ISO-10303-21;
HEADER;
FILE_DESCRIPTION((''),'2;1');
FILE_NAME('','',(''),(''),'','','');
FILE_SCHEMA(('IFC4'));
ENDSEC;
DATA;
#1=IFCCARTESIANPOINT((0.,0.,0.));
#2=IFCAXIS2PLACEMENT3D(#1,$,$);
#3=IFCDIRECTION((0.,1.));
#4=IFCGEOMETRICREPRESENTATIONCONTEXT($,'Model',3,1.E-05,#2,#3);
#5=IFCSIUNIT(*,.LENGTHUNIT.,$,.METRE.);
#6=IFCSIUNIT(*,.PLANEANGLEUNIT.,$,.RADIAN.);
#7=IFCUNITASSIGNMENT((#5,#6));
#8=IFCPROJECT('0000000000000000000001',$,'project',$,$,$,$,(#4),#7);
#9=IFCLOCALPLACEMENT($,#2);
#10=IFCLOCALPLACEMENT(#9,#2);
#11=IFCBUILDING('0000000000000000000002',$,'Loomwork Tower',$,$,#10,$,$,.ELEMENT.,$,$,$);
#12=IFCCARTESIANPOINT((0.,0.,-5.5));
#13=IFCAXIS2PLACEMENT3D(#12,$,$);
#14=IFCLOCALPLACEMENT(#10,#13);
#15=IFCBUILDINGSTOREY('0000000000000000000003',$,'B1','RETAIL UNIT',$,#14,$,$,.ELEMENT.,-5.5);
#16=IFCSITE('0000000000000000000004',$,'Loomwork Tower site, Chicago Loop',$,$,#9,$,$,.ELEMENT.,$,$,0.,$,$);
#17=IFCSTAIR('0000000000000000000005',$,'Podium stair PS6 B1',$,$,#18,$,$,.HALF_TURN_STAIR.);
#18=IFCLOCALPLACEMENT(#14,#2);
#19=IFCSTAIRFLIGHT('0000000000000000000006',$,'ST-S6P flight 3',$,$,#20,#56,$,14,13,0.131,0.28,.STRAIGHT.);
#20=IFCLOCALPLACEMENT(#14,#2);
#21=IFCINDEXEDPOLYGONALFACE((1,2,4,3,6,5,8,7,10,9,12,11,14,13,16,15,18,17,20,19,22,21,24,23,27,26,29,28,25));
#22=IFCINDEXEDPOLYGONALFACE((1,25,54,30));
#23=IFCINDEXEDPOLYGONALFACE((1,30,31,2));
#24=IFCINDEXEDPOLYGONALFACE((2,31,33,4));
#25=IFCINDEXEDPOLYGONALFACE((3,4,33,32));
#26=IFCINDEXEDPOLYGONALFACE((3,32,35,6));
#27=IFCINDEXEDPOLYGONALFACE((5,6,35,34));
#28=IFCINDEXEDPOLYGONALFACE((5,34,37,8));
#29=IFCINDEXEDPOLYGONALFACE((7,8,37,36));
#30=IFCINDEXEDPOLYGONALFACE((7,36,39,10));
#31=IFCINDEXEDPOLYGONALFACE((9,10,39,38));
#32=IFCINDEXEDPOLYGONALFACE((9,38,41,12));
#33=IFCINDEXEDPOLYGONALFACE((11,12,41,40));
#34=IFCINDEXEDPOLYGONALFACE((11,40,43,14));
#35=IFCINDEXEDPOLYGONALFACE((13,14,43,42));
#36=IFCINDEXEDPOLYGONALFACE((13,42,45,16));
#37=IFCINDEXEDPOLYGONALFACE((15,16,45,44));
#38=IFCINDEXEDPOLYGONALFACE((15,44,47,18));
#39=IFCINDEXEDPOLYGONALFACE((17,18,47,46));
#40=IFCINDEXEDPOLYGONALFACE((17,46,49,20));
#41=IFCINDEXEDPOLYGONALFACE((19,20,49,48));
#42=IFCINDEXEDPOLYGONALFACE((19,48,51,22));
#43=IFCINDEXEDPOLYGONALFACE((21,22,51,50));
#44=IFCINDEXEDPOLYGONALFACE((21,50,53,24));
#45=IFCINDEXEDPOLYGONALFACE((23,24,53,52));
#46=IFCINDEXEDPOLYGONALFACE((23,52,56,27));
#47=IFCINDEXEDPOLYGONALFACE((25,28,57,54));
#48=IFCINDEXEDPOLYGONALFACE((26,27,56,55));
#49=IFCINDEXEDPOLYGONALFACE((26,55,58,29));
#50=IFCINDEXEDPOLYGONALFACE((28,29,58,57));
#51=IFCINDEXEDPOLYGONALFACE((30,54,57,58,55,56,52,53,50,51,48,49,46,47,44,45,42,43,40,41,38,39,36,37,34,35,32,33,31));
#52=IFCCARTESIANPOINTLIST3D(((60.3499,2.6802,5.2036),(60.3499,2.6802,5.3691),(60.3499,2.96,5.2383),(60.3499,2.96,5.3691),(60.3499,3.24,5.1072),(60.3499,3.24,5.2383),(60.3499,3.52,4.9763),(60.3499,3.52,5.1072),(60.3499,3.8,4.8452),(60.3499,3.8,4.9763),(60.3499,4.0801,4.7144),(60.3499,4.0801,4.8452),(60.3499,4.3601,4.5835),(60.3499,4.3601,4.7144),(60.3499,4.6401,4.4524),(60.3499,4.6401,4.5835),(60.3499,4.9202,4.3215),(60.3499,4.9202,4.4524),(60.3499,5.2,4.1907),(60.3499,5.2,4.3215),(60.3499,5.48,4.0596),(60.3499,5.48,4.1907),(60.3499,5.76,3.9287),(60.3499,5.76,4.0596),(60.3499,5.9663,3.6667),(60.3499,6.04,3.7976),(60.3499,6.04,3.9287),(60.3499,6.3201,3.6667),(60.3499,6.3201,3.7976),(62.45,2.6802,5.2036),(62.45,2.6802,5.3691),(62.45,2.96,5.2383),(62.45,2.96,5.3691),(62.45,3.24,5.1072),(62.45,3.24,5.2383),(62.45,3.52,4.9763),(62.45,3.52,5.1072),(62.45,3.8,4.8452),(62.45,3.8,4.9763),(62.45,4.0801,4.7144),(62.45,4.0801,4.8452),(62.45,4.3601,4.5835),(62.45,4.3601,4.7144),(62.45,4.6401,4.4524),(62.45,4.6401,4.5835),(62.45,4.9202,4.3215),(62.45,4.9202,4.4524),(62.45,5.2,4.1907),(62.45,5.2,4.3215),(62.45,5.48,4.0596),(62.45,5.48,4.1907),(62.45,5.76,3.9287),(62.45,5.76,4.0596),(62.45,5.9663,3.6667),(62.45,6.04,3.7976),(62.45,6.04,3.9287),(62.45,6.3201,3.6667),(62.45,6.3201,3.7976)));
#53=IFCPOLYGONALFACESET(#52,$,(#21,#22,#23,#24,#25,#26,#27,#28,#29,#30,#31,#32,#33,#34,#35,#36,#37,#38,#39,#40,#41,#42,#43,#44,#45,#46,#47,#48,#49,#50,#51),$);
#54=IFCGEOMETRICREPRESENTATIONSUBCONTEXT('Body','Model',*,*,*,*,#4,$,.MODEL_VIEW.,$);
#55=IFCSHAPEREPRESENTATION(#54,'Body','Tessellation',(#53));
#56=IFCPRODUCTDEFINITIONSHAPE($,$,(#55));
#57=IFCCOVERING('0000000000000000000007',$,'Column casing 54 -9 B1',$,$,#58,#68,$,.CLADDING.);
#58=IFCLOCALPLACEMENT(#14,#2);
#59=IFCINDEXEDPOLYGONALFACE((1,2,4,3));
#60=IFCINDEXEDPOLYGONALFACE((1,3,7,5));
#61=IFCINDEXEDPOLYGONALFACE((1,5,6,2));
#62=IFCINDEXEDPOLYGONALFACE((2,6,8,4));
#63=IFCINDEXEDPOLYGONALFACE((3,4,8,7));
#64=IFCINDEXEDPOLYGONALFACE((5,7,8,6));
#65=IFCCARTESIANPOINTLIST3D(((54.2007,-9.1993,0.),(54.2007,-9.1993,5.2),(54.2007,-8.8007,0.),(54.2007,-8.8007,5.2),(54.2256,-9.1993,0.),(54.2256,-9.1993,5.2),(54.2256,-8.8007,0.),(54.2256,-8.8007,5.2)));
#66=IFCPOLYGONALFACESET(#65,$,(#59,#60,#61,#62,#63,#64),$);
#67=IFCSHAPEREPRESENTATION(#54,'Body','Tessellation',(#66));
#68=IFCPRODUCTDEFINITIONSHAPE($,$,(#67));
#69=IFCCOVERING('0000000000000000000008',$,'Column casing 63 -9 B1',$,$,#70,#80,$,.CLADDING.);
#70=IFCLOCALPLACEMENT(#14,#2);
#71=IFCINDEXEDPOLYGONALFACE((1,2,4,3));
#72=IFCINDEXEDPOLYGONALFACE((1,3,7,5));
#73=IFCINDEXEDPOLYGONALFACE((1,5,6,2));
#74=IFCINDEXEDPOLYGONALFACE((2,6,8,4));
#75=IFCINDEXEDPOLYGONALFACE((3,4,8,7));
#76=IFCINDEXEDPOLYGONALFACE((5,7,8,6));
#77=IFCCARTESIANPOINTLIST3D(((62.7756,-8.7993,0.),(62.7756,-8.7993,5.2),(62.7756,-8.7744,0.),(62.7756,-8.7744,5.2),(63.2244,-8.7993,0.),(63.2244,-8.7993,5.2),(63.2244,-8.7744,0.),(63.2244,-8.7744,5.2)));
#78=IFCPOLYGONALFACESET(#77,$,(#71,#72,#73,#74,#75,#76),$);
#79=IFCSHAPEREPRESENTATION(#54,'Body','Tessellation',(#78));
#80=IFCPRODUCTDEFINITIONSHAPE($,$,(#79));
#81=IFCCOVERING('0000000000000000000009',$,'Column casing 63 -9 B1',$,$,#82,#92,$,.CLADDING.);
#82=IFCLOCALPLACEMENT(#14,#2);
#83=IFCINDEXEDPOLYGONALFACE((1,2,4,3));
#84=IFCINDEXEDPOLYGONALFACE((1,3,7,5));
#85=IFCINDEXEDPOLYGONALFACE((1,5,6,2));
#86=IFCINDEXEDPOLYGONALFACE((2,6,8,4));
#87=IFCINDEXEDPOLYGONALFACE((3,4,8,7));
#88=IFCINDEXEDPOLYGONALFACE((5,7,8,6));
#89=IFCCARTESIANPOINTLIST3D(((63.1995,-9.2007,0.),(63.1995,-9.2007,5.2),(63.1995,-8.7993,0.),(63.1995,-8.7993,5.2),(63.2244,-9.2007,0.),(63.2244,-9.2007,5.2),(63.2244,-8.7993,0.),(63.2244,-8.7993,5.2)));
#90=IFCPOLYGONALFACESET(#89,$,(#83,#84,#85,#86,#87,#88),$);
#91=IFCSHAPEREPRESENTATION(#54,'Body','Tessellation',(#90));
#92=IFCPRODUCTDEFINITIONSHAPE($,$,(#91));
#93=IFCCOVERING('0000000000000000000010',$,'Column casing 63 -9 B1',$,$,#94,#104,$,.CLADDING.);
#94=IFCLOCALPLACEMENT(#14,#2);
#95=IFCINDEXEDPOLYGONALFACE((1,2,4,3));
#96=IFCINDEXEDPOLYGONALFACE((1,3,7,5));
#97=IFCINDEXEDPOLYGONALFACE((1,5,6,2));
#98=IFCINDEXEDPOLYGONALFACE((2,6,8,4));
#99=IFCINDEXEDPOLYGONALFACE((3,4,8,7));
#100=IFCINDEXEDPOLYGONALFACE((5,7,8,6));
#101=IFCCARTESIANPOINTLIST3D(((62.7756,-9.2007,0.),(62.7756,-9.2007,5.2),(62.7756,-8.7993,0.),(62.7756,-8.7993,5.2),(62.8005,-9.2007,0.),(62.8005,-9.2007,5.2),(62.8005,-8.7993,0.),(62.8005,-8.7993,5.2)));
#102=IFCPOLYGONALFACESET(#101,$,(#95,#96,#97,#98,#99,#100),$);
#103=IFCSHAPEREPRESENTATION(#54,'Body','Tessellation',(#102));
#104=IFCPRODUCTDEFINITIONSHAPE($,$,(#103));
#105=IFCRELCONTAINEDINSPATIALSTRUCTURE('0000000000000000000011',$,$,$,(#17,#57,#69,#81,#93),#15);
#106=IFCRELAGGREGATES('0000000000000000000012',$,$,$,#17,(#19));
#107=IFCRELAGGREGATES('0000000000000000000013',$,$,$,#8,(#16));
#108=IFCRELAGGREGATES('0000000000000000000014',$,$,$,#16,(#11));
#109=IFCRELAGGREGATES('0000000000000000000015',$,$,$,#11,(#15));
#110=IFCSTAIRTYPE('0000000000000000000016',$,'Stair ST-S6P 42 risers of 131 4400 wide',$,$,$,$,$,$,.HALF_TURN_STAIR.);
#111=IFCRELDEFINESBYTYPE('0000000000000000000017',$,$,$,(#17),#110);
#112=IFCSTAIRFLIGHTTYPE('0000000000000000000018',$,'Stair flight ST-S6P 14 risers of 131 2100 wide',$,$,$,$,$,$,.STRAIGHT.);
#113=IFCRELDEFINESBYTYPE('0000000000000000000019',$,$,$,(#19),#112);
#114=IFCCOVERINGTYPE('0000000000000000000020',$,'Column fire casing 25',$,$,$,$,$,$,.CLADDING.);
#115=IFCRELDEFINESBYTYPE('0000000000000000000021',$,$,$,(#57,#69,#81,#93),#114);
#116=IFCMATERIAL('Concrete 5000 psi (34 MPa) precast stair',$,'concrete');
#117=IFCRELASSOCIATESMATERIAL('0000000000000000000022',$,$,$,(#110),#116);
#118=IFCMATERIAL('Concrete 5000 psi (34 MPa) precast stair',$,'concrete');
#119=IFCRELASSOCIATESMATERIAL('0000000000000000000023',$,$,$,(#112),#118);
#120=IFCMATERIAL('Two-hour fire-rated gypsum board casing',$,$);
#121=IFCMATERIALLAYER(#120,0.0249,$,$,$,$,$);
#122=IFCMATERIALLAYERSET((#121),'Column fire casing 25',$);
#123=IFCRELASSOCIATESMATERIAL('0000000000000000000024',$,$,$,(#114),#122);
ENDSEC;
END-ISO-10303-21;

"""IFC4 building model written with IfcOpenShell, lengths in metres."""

from ifc_helpers import new_model, si_unit, direction, frame, origin, origin_2d, place, context, subcontext, project, spatial, polyline, rectangle, outline, extrude, material, layer, layer_set, type_object, element, aggregate, save


model = new_model("IFC4")

# Units and contexts
model_context = context("Model", 3, precision=1e-05, world=origin(), true_north=direction((0.0, 1.0)))
body_context = subcontext(model_context, "Body", "Model", "MODEL_VIEW")
ifc_project = project(units=[si_unit("LENGTHUNIT", "METRE"), si_unit("PLANEANGLEUNIT", "RADIAN")], contexts=[model_context])

# Site, building, storey
site_placement = place(None, origin())
site = spatial("IfcSite", under=ifc_project, at=site_placement, Name="Loomwork Tower site, Chicago Loop", CompositionType="ELEMENT", RefElevation=0.0)
building_placement = place(site_placement, origin())
building = spatial("IfcBuilding", under=site, at=building_placement, Name="Loomwork Tower", CompositionType="ELEMENT")
storey_placement = place(building_placement, frame((0.0, 0.0, -5.5)))
storey = spatial("IfcBuildingStorey", under=building, at=storey_placement, Name="B1", Description="RETAIL UNIT", CompositionType="ELEMENT", Elevation=-5.5)

# Stair, stair flight
ifc_material_1 = material(Name="Concrete 5000 psi (34 MPa) precast stair", Category="concrete")
stair_type = type_object("IfcStairType", Name="Stair ST-S6P 42 risers of 131 4400 wide", PredefinedType="HALF_TURN_STAIR", material=ifc_material_1)
stair_placement = place(storey_placement, origin())
stair = element("IfcStair", 1, at=stair_placement, inside=storey, type_object=stair_type, Name="Podium stair PS6 B1", PredefinedType="HALF_TURN_STAIR")
ifc_material_2 = material(Name="Concrete 5000 psi (34 MPa) precast stair", Category="concrete")
stair_flight_type = type_object("IfcStairFlightType", Name="Stair flight ST-S6P 14 risers of 131 2100 wide", PredefinedType="STRAIGHT", material=ifc_material_2)
stair_flight_1_placement = place(storey_placement, frame((61.3999, 6.3201, 3.6667), z_axis=(0.0, 0.0, 1.0), x_axis=(0.0, -1.0, 0.0)))
stair_flight_1 = element("IfcStairFlight", 2, at=stair_flight_1_placement, type_object=stair_flight_type, Name="ST-S6P flight 3", NumberOfRisers=14, NumberOfTreads=13, PredefinedType="STRAIGHT", RiserHeight=0.131, TreadLength=0.28, context=body_context, shape_type="SweptSolid", body=[
    extrude(outline(polyline([(0.0, 0.0), (0.0, 0.1309), (0.28, 0.1309), (0.28, 0.262), (0.5601, 0.262), (0.5601, 0.3928), (0.8401, 0.3928), (0.8401, 0.5239), (1.1201, 0.5239), (1.1201, 0.6548), (1.3999, 0.6548), (1.3999, 0.7856), (1.6799, 0.7856), (1.6799, 0.9167), (1.96, 0.9167), (1.96, 1.0476), (2.24, 1.0476), (2.24, 1.1785), (2.52, 1.1785), (2.52, 1.3096), (2.8, 1.3096), (2.8, 1.4404), (3.0801, 1.4404), (3.0801, 1.5715), (3.3601, 1.5715), (3.3601, 1.7024), (3.6399, 1.7024), (3.6399, 1.8333), (3.6399, 1.5369), (0.3538, 0.0), (0.0, 0.0)])), frame((0.0, 1.05, 0.0), z_axis=(0.0, -1.0, 0.0), x_axis=(1.0, 0.0, 0.0)), (0.0, 0.0, 1.0), 2.1001),
])
aggregate(stair, [stair_flight_1])

# Coverings
ifc_material_3 = material(Name="Two-hour fire-rated gypsum board casing")
ifc_layer_1 = layer(ifc_material_3, 0.0249)
ifc_layer_set_1 = layer_set([ifc_layer_1], Name="Column fire casing 25")
covering_type = type_object("IfcCoveringType", Name="Column fire casing 25", PredefinedType="CLADDING", material=ifc_layer_set_1)
covering_1_placement = place(storey_placement, frame((54.2131, -9.0, 0.0), z_axis=(0.0, 0.0, 1.0), x_axis=(1.0, 0.0, 0.0)))
element("IfcCovering", 3, at=covering_1_placement, inside=storey, type_object=covering_type, Name="Column casing 54 -9 B1", PredefinedType="CLADDING", context=body_context, shape_type="SweptSolid", body=[
    extrude(rectangle(XDim=0.0249, YDim=0.3987, at=origin_2d()), origin(), (0.0, 0.0, 1.0), 5.2),
])
covering_2_placement = place(storey_placement, frame((63.0, -8.7869, 0.0), z_axis=(0.0, 0.0, 1.0), x_axis=(1.0, 0.0, 0.0)))
element("IfcCovering", 4, at=covering_2_placement, inside=storey, type_object=covering_type, Name="Column casing 63 -9 B1", PredefinedType="CLADDING", context=body_context, shape_type="SweptSolid", body=[
    extrude(rectangle(XDim=0.4487, YDim=0.0249, at=origin_2d()), origin(), (0.0, 0.0, 1.0), 5.2),
])
for number, where, z_axis, x_axis, name in (
    (5, (63.2119, -9.0, 0.0), (0.0, 0.0, 1.0), (1.0, 0.0, 0.0), "Column casing 63 -9 B1"),
    (6, (62.7881, -9.0, 0.0), (0.0, 0.0, 1.0), (1.0, 0.0, 0.0), "Column casing 63 -9 B1"),
):
    element("IfcCovering", number, at=place(storey_placement, frame(where, z_axis=z_axis, x_axis=x_axis)), inside=storey, type_object=covering_type, Name=name, PredefinedType="CLADDING", context=body_context, shape_type="SweptSolid", body=[
        extrude(rectangle(XDim=0.0249, YDim=0.4014, at=origin_2d()), origin(), (0.0, 0.0, 1.0), 5.2),
    ])

save(model, "model.ifc")
